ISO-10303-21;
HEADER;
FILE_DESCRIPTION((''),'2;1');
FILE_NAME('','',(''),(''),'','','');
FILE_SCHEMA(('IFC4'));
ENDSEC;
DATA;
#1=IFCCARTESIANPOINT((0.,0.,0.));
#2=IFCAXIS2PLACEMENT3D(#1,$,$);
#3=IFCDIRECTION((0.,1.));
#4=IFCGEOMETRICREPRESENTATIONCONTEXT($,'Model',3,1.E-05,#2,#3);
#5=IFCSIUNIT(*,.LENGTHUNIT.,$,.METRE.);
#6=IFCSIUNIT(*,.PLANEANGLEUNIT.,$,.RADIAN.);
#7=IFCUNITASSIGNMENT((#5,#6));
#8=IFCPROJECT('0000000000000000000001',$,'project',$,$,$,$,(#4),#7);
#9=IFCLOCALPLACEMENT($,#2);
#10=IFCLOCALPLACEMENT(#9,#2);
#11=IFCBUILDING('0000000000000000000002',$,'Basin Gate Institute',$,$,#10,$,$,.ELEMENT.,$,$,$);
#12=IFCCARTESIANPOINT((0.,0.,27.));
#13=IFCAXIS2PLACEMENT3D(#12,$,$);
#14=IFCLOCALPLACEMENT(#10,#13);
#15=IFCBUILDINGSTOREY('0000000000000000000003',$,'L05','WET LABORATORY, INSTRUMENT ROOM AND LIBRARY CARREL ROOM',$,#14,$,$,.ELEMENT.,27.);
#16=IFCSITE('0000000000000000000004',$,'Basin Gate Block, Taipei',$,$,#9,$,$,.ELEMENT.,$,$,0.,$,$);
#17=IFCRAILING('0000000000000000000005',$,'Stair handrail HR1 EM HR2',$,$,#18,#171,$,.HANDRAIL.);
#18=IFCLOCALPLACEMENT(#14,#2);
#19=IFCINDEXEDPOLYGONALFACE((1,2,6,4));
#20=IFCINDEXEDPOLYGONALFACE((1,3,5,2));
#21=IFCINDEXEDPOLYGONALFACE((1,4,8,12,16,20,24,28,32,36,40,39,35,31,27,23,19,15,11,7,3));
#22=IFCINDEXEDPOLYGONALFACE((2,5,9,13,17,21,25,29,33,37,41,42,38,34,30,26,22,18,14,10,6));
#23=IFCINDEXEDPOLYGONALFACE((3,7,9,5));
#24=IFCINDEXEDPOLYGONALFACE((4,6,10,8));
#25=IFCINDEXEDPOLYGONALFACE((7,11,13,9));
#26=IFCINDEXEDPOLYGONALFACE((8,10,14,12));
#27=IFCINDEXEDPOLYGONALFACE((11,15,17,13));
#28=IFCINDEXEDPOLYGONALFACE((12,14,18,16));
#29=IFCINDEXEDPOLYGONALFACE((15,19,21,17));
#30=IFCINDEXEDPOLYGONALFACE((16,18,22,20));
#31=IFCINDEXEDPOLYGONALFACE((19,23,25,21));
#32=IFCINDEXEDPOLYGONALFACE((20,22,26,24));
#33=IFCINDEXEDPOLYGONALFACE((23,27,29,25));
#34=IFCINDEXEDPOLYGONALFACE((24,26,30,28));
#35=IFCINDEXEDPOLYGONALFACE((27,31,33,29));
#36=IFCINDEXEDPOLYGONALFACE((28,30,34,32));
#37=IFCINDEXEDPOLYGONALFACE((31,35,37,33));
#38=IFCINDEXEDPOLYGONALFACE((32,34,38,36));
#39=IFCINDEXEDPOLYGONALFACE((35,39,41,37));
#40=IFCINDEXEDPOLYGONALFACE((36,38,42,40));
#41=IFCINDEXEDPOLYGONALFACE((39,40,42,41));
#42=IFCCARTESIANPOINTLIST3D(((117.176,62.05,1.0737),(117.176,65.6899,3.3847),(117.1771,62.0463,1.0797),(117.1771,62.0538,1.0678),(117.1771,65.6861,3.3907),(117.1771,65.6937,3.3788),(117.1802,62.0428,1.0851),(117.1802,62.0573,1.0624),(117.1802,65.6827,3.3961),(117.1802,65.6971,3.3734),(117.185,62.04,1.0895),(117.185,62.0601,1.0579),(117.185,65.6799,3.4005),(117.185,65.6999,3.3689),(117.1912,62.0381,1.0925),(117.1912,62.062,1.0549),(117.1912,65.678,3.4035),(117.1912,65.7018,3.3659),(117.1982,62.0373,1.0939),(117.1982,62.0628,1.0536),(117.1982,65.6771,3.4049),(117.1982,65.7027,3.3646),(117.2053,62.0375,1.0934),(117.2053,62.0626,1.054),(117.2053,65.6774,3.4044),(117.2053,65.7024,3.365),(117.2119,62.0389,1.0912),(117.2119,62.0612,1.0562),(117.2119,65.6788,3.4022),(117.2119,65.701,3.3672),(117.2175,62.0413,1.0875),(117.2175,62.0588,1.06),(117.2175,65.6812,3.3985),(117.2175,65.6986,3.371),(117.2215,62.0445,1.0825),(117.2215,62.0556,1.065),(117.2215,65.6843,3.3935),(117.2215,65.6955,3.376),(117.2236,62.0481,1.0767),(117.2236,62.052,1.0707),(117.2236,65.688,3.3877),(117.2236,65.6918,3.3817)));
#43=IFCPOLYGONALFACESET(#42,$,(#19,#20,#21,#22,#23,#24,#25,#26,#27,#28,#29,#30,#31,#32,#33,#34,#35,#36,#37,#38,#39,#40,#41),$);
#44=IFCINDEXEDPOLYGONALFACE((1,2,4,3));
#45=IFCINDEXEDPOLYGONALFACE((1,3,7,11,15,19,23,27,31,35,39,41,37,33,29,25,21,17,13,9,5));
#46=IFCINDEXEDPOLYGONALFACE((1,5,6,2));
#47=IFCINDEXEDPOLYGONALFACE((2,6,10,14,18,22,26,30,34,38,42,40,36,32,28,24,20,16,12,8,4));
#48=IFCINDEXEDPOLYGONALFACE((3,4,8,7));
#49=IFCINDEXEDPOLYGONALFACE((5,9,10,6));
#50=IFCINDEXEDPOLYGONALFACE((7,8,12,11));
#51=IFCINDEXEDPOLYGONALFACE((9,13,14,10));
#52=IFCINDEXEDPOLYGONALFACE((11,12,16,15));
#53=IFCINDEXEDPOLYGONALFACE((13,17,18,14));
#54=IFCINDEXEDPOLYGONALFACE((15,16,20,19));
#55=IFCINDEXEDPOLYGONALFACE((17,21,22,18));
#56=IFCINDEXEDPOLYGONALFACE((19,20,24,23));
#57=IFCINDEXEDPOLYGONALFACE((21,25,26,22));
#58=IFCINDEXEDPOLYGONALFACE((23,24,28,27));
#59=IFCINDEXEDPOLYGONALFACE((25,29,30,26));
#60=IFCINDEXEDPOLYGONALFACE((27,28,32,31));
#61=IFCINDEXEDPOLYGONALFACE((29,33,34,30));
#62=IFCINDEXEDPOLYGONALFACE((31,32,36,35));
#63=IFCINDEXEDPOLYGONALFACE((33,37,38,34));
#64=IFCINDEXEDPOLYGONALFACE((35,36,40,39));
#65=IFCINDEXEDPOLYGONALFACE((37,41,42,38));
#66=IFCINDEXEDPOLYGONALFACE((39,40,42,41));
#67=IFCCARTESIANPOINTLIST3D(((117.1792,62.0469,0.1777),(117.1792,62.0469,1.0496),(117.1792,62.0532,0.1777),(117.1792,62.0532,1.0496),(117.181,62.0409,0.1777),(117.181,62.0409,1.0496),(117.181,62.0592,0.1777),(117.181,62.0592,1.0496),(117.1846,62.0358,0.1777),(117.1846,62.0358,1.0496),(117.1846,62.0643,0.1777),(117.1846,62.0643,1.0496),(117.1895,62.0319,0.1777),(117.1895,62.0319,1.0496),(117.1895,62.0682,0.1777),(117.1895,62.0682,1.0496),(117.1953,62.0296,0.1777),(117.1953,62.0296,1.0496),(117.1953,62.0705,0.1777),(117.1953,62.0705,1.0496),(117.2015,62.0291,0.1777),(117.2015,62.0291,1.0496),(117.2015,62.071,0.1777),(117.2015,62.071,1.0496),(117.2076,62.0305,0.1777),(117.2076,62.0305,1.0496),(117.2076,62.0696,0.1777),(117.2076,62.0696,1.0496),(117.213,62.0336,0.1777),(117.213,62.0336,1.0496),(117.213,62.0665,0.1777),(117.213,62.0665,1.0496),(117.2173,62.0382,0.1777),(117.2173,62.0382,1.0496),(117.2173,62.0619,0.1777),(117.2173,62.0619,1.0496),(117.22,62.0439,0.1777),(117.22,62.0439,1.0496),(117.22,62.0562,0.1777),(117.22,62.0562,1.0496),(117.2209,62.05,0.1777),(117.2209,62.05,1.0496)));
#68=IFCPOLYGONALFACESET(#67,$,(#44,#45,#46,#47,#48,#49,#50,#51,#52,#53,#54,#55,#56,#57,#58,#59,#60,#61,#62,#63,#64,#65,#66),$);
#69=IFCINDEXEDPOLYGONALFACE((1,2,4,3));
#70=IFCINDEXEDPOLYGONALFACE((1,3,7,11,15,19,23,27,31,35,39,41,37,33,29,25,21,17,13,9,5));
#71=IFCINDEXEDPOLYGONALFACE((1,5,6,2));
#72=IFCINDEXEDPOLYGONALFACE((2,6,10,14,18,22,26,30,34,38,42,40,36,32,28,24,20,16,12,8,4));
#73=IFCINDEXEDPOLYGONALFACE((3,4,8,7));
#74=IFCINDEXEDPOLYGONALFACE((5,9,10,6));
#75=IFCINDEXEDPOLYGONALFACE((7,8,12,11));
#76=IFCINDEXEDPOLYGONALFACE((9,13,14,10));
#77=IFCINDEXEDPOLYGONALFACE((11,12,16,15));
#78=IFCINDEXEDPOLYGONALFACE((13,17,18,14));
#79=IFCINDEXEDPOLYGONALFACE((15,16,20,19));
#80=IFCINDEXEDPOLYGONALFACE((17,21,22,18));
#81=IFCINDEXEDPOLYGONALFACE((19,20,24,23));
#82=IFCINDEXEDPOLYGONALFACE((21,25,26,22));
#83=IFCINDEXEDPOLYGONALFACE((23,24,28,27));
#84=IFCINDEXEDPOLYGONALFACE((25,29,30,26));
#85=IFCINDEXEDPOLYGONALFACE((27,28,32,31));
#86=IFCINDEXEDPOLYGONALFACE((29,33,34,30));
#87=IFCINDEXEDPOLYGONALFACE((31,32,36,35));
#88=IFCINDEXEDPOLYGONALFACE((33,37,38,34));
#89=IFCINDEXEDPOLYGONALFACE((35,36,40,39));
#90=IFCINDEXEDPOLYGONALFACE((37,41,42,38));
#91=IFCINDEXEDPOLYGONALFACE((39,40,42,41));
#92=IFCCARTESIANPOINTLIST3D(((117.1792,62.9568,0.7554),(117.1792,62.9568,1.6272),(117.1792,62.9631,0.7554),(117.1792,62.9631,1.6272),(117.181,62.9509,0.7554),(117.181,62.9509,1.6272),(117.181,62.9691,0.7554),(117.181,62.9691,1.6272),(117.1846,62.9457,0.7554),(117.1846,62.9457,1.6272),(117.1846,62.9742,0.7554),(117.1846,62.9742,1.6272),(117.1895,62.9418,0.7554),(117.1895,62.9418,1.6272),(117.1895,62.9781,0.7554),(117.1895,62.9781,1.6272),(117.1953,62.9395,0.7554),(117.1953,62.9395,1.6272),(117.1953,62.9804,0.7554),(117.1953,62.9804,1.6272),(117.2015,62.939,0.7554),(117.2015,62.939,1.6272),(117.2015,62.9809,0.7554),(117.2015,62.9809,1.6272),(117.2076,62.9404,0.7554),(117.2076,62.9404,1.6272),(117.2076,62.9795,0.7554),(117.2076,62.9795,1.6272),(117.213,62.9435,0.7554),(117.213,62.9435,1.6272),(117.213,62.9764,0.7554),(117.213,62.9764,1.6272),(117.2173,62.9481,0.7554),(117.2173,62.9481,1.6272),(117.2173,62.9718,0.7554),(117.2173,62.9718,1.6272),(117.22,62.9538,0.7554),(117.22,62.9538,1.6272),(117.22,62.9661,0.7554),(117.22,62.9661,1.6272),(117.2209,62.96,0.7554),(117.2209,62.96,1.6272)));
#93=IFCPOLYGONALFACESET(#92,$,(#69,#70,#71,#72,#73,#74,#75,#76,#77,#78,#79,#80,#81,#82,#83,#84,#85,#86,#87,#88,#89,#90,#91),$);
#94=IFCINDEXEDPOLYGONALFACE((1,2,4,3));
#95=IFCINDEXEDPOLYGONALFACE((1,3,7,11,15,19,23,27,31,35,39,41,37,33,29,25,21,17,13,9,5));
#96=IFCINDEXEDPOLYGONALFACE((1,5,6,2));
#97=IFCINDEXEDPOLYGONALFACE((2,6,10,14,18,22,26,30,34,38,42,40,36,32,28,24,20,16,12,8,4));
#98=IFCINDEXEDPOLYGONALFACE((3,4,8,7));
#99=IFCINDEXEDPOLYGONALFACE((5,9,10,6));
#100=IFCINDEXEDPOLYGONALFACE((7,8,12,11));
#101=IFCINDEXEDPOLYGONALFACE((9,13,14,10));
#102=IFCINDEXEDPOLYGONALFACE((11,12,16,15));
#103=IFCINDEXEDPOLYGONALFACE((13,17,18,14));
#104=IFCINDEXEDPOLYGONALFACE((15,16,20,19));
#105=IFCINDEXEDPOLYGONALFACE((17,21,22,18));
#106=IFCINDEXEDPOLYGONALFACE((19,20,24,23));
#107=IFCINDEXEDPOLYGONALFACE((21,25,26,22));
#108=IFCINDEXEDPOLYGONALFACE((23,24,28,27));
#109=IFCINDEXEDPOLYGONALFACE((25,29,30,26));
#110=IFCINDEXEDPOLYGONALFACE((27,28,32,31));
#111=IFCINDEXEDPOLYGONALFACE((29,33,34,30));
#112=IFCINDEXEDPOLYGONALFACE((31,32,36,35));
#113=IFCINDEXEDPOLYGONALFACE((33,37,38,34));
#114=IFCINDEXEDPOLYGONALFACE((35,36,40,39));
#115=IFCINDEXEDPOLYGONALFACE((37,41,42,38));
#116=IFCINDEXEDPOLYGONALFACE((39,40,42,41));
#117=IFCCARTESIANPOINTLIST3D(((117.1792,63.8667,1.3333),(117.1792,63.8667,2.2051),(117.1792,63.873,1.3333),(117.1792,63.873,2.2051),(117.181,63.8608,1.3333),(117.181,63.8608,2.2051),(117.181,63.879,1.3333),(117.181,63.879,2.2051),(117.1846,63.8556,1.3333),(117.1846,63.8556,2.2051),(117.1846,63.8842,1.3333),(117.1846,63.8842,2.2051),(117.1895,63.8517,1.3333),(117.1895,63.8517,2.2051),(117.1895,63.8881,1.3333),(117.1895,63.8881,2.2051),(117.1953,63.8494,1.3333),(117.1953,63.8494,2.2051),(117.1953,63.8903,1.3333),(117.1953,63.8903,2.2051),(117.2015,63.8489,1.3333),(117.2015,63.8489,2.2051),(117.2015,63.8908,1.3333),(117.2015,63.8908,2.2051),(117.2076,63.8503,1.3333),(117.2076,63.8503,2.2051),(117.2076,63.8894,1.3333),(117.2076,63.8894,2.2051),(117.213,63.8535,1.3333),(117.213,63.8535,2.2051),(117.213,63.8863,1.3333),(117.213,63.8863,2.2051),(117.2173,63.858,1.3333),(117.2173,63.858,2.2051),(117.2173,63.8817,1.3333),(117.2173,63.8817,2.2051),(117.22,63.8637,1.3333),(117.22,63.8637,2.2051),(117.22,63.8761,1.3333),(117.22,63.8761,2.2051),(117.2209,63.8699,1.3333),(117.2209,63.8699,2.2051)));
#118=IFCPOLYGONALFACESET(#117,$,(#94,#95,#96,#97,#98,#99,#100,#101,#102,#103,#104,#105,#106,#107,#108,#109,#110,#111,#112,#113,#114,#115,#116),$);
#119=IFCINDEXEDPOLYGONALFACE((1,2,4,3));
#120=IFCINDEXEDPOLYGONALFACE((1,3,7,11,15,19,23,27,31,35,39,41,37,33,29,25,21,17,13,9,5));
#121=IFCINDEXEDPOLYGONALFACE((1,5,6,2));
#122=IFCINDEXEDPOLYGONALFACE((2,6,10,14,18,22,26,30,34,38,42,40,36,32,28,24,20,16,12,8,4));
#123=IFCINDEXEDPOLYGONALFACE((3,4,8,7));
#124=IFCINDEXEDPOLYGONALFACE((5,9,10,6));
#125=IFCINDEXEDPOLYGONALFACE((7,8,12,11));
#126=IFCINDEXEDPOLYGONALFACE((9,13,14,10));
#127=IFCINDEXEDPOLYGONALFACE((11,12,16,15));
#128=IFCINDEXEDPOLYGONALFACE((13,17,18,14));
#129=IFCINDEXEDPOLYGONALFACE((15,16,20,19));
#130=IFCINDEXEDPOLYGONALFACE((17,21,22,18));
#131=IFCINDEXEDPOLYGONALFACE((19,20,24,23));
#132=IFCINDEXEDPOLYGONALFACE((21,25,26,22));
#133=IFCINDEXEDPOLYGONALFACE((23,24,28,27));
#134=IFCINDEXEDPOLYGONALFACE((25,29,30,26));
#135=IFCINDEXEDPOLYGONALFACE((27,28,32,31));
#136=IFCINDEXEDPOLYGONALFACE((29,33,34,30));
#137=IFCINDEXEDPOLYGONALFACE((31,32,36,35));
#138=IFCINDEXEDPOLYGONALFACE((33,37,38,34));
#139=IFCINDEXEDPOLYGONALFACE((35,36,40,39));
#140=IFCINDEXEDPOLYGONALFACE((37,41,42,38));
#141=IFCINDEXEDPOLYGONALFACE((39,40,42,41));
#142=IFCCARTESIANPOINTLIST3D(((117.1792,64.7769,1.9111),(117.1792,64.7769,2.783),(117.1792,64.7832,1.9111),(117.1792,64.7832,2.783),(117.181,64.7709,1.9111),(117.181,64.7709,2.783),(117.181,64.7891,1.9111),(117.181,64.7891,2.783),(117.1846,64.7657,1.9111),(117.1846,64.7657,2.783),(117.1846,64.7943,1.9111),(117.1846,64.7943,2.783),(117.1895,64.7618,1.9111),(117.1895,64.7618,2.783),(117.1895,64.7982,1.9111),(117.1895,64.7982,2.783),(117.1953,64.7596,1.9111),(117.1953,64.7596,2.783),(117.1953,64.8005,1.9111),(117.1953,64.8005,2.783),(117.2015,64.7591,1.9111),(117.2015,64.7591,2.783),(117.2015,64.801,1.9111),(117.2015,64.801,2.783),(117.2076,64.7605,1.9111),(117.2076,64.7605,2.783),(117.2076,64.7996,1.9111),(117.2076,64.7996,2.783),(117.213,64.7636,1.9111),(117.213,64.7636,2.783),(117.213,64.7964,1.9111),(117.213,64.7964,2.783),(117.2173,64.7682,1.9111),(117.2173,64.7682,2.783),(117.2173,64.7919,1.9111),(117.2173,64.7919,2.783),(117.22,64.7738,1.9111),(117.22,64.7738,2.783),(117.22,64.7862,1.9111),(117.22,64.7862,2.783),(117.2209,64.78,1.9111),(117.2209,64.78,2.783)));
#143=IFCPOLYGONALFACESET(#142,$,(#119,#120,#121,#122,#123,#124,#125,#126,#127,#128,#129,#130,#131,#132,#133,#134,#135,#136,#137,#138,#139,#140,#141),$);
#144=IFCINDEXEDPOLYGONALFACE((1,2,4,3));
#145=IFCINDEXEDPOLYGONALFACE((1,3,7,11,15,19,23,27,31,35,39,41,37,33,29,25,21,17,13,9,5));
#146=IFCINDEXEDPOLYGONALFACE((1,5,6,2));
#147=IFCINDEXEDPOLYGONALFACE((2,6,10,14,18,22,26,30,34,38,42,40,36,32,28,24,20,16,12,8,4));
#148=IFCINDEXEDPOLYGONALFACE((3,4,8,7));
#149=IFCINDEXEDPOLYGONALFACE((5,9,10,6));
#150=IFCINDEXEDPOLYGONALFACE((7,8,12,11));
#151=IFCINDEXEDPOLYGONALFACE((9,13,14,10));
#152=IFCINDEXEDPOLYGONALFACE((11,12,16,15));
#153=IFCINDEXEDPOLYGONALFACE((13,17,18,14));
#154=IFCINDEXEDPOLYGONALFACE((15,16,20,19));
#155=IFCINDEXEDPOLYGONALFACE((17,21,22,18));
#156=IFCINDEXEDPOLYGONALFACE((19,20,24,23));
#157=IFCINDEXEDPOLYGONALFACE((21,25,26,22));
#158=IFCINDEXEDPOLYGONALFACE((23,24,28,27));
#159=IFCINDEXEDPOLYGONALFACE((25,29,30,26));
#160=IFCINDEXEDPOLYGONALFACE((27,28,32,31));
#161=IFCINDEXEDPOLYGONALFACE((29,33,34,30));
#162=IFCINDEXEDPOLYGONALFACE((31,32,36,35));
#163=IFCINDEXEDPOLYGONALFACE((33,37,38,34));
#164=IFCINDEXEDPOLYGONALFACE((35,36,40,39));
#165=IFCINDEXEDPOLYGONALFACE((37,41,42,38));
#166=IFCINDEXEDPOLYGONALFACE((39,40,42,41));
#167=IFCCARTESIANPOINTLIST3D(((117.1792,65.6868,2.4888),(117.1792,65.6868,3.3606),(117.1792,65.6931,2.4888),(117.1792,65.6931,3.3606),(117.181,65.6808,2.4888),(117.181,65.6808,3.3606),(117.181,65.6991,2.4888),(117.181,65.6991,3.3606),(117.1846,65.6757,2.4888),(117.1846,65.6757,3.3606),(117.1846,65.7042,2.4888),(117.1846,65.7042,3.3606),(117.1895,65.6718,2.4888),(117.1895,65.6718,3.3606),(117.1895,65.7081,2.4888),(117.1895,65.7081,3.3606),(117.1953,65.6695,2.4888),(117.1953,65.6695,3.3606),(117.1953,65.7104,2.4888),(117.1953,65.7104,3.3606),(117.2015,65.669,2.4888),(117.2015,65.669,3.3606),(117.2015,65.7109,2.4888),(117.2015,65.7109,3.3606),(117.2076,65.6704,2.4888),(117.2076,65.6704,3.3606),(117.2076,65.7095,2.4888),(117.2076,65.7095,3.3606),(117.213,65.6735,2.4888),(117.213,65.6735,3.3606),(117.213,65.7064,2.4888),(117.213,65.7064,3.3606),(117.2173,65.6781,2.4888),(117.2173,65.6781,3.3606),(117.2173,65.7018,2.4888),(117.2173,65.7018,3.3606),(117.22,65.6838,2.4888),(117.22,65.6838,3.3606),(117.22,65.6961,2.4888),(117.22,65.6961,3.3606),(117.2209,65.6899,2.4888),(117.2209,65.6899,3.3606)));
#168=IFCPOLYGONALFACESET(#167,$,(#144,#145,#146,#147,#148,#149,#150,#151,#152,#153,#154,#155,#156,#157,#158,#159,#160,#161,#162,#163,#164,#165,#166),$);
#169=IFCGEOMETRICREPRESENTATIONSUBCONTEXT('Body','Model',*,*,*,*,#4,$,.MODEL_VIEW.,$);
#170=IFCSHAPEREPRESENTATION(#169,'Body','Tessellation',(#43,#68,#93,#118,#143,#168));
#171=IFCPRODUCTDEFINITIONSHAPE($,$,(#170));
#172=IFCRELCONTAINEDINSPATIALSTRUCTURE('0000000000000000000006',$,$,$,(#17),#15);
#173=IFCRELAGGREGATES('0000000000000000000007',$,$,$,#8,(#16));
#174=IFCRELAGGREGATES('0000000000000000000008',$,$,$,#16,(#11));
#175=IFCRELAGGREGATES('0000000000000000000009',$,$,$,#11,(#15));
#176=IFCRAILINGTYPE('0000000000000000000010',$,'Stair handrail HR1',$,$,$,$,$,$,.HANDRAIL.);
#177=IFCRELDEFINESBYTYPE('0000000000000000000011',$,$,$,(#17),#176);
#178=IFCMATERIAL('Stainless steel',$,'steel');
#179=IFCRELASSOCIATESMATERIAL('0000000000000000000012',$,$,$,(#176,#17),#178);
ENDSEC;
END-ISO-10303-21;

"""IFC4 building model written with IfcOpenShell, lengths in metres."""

from ifc_helpers import new_model, si_unit, direction, frame, origin, origin_2d, place, context, subcontext, project, spatial, circle, extrude, material, type_object, element, save


model = new_model("IFC4")

# Units and contexts
model_context = context("Model", 3, precision=1e-05, world=origin(), true_north=direction((0.0, 1.0)))
body_context = subcontext(model_context, "Body", "Model", "MODEL_VIEW")
ifc_project = project(units=[si_unit("LENGTHUNIT", "METRE"), si_unit("PLANEANGLEUNIT", "RADIAN")], contexts=[model_context])

# Site, building, storey
site_placement = place(None, origin())
site = spatial("IfcSite", under=ifc_project, at=site_placement, Name="Basin Gate Block, Taipei", CompositionType="ELEMENT", RefElevation=0.0)
building_placement = place(site_placement, origin())
building = spatial("IfcBuilding", under=site, at=building_placement, Name="Basin Gate Institute", CompositionType="ELEMENT")
storey_placement = place(building_placement, frame((0.0, 0.0, 27.0)))
storey = spatial("IfcBuildingStorey", under=building, at=storey_placement, Name="L05", Description="WET LABORATORY, INSTRUMENT ROOM AND LIBRARY CARREL ROOM", CompositionType="ELEMENT", Elevation=27.0)

# Railing
ifc_material_1 = material(Name="Stainless steel", Category="steel")
railing_type_1 = type_object("IfcRailingType", Name="Stair handrail HR1", PredefinedType="HANDRAIL", material=ifc_material_1)
for number, where, name in (
    (1, (117.2, 62.05, 0.1777), "Stair handrail HR1 EM HR2"),
):
    element("IfcRailing", number, at=place(storey_placement, frame(where)), inside=storey, type_object=railing_type_1, material=ifc_material_1, Name=name, PredefinedType="HANDRAIL", context=body_context, shape_type="SweptSolid", body=[
        extrude(circle(Radius=0.0239, at=origin_2d()), frame((0.0, 0.0, 0.896), z_axis=(0.0, 0.844214, 0.536007), x_axis=(-1.0, 0.0, 0.0)), (0.0, 0.0, 1.0), 4.3115),
        extrude(circle(Radius=0.021, at=origin_2d()), origin(), (0.0, 0.0, 1.0), 0.8718),
        extrude(circle(Radius=0.021, at=origin_2d()), frame((0.0, 0.9099, 0.5776)), (0.0, 0.0, 1.0), 0.8718),
        extrude(circle(Radius=0.021, at=origin_2d()), frame((0.0, 1.8198, 1.1555)), (0.0, 0.0, 1.0), 0.8718),
        extrude(circle(Radius=0.021, at=origin_2d()), frame((0.0, 2.73, 1.7334)), (0.0, 0.0, 1.0), 0.8718),
        extrude(circle(Radius=0.021, at=origin_2d()), frame((0.0, 3.6399, 2.311)), (0.0, 0.0, 1.0), 0.8718),
    ])

save(model, "model.ifc")
